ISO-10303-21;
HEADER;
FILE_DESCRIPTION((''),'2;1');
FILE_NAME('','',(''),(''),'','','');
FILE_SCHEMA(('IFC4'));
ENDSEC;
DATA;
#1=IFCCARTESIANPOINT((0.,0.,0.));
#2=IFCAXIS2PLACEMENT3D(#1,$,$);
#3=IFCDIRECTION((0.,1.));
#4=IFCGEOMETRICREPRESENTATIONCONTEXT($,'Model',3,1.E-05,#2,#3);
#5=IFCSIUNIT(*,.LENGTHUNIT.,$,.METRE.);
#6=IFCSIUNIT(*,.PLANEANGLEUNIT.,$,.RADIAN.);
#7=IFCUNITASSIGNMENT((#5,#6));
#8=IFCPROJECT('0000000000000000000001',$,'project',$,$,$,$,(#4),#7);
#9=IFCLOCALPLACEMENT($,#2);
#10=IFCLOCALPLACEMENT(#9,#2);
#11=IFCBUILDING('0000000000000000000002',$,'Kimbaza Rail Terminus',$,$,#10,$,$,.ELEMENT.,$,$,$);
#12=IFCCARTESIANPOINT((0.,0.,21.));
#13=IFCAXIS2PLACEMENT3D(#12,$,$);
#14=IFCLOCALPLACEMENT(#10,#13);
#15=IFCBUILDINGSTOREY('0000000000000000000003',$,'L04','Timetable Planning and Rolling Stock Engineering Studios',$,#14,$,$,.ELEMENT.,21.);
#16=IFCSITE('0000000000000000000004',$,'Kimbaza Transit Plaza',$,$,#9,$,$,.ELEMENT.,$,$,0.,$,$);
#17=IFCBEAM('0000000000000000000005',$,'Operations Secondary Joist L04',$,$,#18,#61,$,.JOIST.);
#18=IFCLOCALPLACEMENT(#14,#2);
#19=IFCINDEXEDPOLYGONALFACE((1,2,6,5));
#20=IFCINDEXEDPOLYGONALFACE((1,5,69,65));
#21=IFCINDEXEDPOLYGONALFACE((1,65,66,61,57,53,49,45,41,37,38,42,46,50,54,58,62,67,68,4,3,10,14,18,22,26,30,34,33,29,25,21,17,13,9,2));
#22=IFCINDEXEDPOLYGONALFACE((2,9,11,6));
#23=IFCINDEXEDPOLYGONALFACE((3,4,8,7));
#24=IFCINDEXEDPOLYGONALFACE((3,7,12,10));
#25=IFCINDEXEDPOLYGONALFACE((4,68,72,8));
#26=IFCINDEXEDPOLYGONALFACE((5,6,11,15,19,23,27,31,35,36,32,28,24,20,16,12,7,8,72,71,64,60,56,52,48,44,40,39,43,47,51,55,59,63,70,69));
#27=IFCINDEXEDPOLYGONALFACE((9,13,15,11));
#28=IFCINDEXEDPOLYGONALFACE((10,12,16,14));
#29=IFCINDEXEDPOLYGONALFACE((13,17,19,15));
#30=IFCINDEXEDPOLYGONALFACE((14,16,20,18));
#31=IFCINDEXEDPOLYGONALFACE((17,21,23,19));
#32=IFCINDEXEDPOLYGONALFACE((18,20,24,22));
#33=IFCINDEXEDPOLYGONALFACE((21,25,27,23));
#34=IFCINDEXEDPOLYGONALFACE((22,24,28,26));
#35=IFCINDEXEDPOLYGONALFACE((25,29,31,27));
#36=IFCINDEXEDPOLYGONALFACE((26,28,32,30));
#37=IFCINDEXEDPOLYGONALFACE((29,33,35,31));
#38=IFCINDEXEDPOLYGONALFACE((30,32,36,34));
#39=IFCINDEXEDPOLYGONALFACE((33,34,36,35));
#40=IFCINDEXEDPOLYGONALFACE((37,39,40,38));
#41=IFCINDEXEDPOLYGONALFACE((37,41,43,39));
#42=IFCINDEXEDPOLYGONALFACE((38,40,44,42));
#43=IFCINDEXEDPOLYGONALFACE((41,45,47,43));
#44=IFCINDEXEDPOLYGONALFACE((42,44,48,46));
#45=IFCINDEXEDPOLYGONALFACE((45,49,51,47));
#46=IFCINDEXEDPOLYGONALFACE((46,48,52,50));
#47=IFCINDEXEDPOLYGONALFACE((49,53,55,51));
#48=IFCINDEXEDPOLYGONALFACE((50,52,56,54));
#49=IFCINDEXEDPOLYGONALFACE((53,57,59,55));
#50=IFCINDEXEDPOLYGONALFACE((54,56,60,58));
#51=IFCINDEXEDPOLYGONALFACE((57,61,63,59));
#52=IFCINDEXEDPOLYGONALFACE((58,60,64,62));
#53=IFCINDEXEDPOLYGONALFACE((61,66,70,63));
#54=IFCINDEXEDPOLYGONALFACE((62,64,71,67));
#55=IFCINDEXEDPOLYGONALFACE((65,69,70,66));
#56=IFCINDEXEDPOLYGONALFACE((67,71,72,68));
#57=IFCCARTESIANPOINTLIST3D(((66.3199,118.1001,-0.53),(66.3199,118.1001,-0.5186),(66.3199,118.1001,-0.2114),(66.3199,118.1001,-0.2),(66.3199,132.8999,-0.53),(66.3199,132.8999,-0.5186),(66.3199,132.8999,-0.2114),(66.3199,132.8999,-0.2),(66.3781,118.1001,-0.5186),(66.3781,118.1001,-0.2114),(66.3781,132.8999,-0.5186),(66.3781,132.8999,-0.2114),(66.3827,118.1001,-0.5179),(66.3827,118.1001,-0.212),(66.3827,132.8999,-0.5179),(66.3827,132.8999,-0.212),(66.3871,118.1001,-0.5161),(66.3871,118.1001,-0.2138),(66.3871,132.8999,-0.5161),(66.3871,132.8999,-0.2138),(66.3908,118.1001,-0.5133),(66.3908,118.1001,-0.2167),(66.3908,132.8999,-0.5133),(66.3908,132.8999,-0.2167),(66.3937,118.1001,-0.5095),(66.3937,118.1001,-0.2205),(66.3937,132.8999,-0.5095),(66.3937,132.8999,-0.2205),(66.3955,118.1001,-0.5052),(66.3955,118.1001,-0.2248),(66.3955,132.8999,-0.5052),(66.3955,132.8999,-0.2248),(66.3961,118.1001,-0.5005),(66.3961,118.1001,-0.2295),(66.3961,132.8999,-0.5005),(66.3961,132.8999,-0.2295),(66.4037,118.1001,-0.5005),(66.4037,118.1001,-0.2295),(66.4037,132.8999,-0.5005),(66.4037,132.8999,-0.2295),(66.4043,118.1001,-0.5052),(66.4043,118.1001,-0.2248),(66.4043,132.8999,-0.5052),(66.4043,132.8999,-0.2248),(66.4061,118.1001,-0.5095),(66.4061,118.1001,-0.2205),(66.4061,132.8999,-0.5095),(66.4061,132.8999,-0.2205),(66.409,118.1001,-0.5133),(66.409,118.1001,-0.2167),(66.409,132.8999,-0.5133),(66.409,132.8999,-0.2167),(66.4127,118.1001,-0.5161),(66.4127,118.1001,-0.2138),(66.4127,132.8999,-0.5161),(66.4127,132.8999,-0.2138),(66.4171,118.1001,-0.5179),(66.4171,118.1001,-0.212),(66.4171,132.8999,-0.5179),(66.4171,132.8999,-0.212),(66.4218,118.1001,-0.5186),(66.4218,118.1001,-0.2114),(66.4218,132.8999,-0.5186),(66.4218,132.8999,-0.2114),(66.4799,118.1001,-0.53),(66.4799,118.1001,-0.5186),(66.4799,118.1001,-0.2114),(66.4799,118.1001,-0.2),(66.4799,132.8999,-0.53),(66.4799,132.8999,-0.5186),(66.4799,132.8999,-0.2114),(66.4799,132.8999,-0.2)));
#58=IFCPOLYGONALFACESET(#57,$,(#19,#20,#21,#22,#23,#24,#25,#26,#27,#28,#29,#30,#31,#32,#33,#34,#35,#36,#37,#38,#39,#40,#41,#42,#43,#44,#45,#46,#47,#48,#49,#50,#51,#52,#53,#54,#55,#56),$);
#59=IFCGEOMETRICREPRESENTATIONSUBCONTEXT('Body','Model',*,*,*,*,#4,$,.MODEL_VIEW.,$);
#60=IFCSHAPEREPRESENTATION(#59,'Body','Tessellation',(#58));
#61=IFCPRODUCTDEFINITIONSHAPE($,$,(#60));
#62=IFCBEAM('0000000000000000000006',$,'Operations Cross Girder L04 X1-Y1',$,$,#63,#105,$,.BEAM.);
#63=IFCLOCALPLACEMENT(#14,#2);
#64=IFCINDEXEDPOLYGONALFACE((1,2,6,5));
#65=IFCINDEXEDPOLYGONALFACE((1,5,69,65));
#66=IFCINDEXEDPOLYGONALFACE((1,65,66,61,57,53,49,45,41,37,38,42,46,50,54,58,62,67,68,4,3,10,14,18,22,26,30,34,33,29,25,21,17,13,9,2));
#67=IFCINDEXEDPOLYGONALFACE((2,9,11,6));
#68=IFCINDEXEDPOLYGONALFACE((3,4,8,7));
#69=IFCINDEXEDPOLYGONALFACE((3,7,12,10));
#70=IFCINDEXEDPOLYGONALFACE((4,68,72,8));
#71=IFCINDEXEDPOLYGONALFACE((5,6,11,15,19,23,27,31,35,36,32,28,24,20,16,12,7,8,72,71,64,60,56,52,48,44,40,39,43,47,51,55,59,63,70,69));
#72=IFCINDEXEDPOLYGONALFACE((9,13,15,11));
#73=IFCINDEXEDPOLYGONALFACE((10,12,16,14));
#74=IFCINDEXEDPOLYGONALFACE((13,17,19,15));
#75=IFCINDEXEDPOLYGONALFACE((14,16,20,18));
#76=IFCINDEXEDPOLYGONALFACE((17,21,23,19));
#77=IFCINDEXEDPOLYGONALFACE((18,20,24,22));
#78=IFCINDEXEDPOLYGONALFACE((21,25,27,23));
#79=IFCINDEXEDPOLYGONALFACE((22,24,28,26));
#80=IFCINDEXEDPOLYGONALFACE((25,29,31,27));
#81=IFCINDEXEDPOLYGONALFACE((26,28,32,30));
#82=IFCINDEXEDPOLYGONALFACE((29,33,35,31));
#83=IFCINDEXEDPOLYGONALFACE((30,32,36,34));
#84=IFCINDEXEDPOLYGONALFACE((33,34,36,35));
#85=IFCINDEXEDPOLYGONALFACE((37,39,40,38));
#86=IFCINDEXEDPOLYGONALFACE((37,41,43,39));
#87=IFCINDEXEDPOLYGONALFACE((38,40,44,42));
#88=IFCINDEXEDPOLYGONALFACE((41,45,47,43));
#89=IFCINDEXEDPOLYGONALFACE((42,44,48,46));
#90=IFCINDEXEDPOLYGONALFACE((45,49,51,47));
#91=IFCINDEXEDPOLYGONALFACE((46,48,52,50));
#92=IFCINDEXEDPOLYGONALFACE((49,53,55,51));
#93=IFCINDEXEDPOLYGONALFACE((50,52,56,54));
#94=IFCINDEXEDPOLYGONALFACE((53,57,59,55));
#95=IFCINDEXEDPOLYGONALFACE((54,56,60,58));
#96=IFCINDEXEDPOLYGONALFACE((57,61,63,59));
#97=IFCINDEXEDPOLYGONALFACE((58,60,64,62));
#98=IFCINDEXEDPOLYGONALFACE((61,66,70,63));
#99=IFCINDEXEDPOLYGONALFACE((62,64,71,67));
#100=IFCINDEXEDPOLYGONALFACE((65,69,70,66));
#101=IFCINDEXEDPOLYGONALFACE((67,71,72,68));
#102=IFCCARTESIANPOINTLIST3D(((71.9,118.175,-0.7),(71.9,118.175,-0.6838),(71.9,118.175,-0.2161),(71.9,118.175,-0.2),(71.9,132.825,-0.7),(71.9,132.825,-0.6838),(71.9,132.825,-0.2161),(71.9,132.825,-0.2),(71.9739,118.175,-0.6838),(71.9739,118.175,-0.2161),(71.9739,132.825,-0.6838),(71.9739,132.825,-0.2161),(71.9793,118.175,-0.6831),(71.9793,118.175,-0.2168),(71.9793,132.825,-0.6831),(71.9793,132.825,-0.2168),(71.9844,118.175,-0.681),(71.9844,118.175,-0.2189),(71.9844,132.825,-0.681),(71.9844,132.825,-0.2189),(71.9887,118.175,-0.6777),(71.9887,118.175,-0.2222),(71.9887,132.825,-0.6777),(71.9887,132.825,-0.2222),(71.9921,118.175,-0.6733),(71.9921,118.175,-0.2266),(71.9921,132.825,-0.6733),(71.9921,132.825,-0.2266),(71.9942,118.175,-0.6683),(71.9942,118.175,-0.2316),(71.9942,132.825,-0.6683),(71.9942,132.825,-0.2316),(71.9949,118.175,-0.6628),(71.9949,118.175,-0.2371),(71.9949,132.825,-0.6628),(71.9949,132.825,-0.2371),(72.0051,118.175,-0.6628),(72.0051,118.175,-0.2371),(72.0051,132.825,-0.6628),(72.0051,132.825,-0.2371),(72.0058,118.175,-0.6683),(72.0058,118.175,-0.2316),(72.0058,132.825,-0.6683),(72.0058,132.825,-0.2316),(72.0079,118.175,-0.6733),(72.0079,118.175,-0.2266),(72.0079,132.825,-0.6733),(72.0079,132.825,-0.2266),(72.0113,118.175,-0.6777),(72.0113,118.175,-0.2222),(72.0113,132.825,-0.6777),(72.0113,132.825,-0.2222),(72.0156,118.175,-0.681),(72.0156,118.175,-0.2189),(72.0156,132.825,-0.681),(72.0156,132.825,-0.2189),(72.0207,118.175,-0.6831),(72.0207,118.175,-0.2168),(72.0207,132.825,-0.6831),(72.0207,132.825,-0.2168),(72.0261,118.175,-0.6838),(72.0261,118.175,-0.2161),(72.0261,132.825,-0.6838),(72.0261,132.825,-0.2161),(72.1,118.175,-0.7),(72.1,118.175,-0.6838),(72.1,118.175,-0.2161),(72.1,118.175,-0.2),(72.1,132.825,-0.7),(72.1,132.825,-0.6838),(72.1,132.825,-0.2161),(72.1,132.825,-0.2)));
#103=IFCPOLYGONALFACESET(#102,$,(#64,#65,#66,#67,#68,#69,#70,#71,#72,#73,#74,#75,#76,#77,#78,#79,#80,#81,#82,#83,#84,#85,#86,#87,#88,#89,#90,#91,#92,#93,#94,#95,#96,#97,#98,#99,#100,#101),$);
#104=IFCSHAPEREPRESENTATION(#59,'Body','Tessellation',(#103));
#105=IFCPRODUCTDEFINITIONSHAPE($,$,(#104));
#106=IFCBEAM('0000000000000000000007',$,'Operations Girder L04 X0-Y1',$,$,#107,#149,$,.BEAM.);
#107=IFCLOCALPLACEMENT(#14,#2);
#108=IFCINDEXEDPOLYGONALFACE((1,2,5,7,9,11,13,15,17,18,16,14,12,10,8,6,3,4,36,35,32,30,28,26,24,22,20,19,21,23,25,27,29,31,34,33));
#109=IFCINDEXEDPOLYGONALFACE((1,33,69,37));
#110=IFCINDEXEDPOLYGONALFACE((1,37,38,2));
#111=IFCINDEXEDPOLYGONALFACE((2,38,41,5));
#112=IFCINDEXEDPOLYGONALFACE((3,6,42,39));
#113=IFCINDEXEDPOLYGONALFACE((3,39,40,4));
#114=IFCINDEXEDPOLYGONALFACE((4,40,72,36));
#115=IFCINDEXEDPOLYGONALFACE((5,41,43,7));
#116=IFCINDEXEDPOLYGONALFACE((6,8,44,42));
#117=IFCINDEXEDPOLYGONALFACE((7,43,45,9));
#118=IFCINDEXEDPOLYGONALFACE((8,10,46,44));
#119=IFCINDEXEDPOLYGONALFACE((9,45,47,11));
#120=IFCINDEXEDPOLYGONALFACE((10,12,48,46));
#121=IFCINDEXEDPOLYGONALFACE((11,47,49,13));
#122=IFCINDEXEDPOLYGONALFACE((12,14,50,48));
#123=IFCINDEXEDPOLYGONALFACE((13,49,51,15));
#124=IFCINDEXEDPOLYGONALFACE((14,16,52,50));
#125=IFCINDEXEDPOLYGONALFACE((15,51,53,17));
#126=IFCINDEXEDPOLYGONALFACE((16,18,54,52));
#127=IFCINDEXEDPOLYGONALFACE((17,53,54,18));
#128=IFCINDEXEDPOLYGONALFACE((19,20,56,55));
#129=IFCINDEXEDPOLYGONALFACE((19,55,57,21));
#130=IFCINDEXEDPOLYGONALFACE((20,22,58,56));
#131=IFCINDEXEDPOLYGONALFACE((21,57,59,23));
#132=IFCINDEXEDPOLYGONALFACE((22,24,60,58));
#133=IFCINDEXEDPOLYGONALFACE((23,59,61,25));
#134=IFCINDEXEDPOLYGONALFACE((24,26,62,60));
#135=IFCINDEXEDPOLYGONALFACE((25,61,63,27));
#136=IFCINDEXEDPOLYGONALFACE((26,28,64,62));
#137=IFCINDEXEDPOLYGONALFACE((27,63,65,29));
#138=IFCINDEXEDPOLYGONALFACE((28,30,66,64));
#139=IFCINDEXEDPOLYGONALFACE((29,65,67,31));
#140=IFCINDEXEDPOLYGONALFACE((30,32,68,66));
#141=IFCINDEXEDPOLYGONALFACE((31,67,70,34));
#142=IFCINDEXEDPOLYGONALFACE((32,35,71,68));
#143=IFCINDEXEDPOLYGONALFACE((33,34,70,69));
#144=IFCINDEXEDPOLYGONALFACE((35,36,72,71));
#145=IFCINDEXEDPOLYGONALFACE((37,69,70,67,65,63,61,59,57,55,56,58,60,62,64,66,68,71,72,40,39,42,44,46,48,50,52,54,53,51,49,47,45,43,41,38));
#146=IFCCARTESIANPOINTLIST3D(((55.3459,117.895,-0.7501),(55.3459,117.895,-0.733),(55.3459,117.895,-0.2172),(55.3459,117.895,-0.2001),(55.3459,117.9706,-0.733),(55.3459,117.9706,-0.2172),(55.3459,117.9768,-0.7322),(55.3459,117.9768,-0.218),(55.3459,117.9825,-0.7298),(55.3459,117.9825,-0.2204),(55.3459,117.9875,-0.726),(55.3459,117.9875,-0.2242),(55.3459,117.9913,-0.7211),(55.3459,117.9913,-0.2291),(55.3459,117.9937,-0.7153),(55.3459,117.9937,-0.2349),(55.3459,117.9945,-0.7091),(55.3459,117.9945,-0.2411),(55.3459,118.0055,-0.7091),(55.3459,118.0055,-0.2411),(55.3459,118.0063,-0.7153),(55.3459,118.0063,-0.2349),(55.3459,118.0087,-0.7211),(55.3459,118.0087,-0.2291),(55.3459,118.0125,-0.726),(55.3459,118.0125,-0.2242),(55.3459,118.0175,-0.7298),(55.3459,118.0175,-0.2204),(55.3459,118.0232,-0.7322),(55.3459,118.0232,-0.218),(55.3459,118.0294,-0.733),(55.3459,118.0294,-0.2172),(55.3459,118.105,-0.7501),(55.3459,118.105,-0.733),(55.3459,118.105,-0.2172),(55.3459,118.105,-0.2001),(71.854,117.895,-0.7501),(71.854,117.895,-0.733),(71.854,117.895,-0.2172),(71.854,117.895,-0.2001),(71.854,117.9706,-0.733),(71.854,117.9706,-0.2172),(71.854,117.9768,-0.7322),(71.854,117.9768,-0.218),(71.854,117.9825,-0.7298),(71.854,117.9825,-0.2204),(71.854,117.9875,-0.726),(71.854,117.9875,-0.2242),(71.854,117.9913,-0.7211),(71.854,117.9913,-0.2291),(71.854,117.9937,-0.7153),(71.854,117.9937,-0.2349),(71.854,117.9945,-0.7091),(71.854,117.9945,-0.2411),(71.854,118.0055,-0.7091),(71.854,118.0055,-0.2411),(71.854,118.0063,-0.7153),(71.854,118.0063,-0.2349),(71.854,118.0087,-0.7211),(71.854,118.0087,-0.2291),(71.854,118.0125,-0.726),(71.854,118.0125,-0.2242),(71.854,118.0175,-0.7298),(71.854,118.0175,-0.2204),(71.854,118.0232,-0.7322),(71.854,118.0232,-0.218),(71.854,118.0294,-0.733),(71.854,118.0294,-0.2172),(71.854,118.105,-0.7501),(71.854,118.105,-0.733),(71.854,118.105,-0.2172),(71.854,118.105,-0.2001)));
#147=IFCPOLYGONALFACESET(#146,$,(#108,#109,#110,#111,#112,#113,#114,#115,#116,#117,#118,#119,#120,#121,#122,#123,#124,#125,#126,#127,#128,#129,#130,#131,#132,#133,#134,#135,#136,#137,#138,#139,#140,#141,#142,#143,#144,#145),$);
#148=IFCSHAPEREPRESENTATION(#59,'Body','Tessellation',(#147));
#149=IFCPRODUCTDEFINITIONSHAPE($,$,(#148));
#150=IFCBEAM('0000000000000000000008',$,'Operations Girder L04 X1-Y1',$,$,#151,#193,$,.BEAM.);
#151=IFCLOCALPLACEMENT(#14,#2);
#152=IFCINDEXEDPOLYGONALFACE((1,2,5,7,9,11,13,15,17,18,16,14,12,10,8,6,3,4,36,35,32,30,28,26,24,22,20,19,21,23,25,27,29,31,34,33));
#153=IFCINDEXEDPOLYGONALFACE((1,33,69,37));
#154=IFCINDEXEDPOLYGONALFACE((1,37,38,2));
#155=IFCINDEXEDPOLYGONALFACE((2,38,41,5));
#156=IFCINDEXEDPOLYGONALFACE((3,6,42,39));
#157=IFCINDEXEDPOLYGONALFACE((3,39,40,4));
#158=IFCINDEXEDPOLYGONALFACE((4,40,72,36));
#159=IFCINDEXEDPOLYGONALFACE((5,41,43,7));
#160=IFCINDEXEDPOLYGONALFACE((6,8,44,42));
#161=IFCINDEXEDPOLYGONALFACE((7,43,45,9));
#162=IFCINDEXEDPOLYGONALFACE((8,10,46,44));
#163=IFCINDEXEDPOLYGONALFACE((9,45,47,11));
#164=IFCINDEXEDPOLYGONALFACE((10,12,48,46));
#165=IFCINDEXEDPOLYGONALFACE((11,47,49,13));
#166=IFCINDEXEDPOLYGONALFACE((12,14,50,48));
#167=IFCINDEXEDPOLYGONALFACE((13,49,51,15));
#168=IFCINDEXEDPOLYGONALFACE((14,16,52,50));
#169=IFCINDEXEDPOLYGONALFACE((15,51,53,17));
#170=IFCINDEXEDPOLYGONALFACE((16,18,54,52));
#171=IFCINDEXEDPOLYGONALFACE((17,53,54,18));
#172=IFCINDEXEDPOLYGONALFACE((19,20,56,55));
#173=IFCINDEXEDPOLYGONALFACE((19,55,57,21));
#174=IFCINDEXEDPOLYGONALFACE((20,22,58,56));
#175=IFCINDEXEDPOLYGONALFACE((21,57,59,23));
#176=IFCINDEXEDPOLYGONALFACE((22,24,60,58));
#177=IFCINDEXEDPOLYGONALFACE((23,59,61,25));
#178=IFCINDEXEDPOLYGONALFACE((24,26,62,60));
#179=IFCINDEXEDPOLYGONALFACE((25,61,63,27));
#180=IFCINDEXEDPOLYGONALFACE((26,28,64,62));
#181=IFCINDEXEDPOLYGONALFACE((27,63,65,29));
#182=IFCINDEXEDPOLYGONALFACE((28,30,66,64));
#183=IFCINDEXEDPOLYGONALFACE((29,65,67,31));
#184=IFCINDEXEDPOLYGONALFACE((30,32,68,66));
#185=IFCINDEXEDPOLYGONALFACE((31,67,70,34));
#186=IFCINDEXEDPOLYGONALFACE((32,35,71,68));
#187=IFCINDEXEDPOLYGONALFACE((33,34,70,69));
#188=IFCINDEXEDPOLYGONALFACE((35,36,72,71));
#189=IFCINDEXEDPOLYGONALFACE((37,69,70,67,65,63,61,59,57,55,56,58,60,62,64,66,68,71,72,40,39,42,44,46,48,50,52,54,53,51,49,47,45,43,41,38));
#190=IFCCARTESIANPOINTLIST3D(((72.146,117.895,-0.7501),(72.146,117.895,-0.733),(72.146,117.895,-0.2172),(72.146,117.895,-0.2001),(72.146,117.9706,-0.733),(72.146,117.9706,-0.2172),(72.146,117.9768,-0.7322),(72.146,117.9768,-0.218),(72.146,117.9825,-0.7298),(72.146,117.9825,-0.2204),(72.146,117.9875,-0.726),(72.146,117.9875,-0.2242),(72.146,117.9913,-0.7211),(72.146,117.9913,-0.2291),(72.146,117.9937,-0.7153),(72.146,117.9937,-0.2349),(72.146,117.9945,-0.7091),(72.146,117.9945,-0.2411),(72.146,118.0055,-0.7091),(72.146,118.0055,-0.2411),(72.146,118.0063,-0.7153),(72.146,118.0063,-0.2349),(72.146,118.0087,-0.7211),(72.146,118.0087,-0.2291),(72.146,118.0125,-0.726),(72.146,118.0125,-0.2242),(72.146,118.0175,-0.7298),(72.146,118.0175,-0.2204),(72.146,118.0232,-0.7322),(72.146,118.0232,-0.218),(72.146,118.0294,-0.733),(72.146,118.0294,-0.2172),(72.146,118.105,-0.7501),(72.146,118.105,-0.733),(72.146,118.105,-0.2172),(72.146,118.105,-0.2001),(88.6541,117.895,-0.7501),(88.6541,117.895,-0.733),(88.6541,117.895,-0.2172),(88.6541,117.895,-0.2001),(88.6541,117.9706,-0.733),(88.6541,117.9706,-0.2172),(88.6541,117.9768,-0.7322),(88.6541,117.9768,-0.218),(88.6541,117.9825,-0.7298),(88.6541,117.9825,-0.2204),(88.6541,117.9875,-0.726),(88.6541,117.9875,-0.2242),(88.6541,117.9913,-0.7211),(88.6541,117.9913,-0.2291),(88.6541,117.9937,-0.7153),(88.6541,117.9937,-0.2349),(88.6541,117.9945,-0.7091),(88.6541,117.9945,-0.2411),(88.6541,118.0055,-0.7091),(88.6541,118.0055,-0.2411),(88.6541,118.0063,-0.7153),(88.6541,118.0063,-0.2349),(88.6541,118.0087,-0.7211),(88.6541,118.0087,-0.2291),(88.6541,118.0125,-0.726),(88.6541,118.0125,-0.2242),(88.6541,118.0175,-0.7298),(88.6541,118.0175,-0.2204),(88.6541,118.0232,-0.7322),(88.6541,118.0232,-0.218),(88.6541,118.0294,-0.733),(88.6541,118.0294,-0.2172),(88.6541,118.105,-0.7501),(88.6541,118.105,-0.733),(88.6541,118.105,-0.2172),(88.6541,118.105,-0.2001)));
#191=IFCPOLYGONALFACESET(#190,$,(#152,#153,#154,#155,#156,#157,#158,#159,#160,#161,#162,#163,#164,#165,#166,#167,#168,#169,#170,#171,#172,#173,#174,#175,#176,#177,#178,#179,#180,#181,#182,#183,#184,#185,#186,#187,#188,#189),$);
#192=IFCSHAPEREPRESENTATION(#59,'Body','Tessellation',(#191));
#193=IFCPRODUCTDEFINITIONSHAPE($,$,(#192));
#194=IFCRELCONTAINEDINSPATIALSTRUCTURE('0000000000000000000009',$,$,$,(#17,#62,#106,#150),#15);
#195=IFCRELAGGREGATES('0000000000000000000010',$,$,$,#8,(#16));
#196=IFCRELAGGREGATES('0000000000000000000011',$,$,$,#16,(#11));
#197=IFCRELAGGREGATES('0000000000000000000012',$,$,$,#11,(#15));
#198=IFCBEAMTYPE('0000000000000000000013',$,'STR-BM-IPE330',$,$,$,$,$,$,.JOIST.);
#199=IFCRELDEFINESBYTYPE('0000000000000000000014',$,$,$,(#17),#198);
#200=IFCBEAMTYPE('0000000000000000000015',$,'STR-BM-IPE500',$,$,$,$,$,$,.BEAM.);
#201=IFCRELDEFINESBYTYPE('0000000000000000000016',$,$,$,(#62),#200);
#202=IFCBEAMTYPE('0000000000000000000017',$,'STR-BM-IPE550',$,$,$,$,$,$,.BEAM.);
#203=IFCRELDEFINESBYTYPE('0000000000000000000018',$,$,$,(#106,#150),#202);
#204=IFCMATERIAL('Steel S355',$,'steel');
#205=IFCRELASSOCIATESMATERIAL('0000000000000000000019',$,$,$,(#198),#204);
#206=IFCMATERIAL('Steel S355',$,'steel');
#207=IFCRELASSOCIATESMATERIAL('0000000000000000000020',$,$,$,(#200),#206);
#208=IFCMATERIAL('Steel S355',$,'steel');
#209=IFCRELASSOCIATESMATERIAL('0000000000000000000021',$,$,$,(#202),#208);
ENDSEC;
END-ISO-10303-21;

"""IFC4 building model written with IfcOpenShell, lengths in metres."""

from ifc_helpers import new_model, si_unit, direction, frame, origin, origin_2d, place, context, subcontext, project, spatial, i_section, extrude, material, material_profile, profile_set, type_object, element, save


model = new_model("IFC4")

# Units and contexts
model_context = context("Model", 3, precision=1e-05, world=origin(), true_north=direction((0.0, 1.0)))
body_context = subcontext(model_context, "Body", "Model", "MODEL_VIEW")
ifc_project = project(units=[si_unit("LENGTHUNIT", "METRE"), si_unit("PLANEANGLEUNIT", "RADIAN")], contexts=[model_context])

# Site, building, storey
site_placement = place(None, origin())
site = spatial("IfcSite", under=ifc_project, at=site_placement, Name="Kimbaza Transit Plaza", CompositionType="ELEMENT", RefElevation=0.0)
building_placement = place(site_placement, origin())
building = spatial("IfcBuilding", under=site, at=building_placement, Name="Kimbaza Rail Terminus", CompositionType="ELEMENT")
storey_placement = place(building_placement, frame((0.0, 0.0, 21.0)))
storey = spatial("IfcBuildingStorey", under=building, at=storey_placement, Name="L04", Description="Timetable Planning and Rolling Stock Engineering Studios", CompositionType="ELEMENT", Elevation=21.0)

# Beams
ifc_material_1 = material(Name="Steel S355", Category="steel")
ifc_material_profile_1 = material_profile(ifc_material_1, i_section(OverallWidth=0.1599, OverallDepth=0.3301, WebThickness=0.0076, FlangeThickness=0.0115, FilletRadius=0.0181, at=origin_2d()), Name="IPE 330")
ifc_profile_set_1 = profile_set([ifc_material_profile_1], Name="Steel S355")
beam_type_1 = type_object("IfcBeamType", Name="STR-BM-IPE330", PredefinedType="JOIST", material=ifc_profile_set_1)
for number, where, z_axis, x_axis, name in (
    (1, (66.3999, 118.1001, -0.365), (0.0, 1.0, 0.0), (-1.0, 0.0, 0.0), "Operations Secondary Joist L04"),
):
    element("IfcBeam", number, at=place(storey_placement, frame(where, z_axis=z_axis, x_axis=x_axis)), inside=storey, type_object=beam_type_1, Name=name, PredefinedType="JOIST", context=body_context, shape_type="SweptSolid", body=[
        extrude(i_section(OverallWidth=0.1599, OverallDepth=0.3301, WebThickness=0.0076, FlangeThickness=0.0115, FilletRadius=0.0181, at=origin_2d()), origin(), (0.0, 0.0, 1.0), 14.7998),
    ])
ifc_material_2 = material(Name="Steel S355", Category="steel")
ifc_material_profile_2 = material_profile(ifc_material_2, i_section(OverallWidth=0.2, OverallDepth=0.5, WebThickness=0.0103, FlangeThickness=0.0161, FilletRadius=0.021, at=origin_2d()), Name="IPE 500")
ifc_profile_set_2 = profile_set([ifc_material_profile_2], Name="Steel S355")
beam_type_2 = type_object("IfcBeamType", Name="STR-BM-IPE500", PredefinedType="BEAM", material=ifc_profile_set_2)
beam_1_placement = place(storey_placement, frame((72.0, 118.175, -0.45), z_axis=(0.0, 1.0, 0.0), x_axis=(-1.0, 0.0, 0.0)))
element("IfcBeam", 2, at=beam_1_placement, inside=storey, type_object=beam_type_2, Name="Operations Cross Girder L04 X1-Y1", PredefinedType="BEAM", context=body_context, shape_type="SweptSolid", body=[
    extrude(i_section(OverallWidth=0.2, OverallDepth=0.5, WebThickness=0.0103, FlangeThickness=0.0161, FilletRadius=0.021, at=origin_2d()), origin(), (0.0, 0.0, 1.0), 14.6499),
])
ifc_material_3 = material(Name="Steel S355", Category="steel")
ifc_material_profile_3 = material_profile(ifc_material_3, i_section(OverallWidth=0.21, OverallDepth=0.55, WebThickness=0.011, FlangeThickness=0.0171, FilletRadius=0.0239, at=origin_2d()), Name="IPE 550")
ifc_profile_set_3 = profile_set([ifc_material_profile_3], Name="Steel S355")
beam_type_3 = type_object("IfcBeamType", Name="STR-BM-IPE550", PredefinedType="BEAM", material=ifc_profile_set_3)
for number, where, z_axis, x_axis, name in (
    (3, (55.3459, 118.0, -0.4751), (1.0, 0.0, 0.0), (0.0, 1.0, 0.0), "Operations Girder L04 X0-Y1"),
    (4, (72.146, 118.0, -0.4751), (1.0, 0.0, 0.0), (0.0, 1.0, 0.0), "Operations Girder L04 X1-Y1"),
):
    element("IfcBeam", number, at=place(storey_placement, frame(where, z_axis=z_axis, x_axis=x_axis)), inside=storey, type_object=beam_type_3, Name=name, PredefinedType="BEAM", context=body_context, shape_type="SweptSolid", body=[
        extrude(i_section(OverallWidth=0.21, OverallDepth=0.55, WebThickness=0.011, FlangeThickness=0.0171, FilletRadius=0.0239, at=origin_2d()), origin(), (0.0, 0.0, 1.0), 16.5081),
    ])

save(model, "model.ifc")
